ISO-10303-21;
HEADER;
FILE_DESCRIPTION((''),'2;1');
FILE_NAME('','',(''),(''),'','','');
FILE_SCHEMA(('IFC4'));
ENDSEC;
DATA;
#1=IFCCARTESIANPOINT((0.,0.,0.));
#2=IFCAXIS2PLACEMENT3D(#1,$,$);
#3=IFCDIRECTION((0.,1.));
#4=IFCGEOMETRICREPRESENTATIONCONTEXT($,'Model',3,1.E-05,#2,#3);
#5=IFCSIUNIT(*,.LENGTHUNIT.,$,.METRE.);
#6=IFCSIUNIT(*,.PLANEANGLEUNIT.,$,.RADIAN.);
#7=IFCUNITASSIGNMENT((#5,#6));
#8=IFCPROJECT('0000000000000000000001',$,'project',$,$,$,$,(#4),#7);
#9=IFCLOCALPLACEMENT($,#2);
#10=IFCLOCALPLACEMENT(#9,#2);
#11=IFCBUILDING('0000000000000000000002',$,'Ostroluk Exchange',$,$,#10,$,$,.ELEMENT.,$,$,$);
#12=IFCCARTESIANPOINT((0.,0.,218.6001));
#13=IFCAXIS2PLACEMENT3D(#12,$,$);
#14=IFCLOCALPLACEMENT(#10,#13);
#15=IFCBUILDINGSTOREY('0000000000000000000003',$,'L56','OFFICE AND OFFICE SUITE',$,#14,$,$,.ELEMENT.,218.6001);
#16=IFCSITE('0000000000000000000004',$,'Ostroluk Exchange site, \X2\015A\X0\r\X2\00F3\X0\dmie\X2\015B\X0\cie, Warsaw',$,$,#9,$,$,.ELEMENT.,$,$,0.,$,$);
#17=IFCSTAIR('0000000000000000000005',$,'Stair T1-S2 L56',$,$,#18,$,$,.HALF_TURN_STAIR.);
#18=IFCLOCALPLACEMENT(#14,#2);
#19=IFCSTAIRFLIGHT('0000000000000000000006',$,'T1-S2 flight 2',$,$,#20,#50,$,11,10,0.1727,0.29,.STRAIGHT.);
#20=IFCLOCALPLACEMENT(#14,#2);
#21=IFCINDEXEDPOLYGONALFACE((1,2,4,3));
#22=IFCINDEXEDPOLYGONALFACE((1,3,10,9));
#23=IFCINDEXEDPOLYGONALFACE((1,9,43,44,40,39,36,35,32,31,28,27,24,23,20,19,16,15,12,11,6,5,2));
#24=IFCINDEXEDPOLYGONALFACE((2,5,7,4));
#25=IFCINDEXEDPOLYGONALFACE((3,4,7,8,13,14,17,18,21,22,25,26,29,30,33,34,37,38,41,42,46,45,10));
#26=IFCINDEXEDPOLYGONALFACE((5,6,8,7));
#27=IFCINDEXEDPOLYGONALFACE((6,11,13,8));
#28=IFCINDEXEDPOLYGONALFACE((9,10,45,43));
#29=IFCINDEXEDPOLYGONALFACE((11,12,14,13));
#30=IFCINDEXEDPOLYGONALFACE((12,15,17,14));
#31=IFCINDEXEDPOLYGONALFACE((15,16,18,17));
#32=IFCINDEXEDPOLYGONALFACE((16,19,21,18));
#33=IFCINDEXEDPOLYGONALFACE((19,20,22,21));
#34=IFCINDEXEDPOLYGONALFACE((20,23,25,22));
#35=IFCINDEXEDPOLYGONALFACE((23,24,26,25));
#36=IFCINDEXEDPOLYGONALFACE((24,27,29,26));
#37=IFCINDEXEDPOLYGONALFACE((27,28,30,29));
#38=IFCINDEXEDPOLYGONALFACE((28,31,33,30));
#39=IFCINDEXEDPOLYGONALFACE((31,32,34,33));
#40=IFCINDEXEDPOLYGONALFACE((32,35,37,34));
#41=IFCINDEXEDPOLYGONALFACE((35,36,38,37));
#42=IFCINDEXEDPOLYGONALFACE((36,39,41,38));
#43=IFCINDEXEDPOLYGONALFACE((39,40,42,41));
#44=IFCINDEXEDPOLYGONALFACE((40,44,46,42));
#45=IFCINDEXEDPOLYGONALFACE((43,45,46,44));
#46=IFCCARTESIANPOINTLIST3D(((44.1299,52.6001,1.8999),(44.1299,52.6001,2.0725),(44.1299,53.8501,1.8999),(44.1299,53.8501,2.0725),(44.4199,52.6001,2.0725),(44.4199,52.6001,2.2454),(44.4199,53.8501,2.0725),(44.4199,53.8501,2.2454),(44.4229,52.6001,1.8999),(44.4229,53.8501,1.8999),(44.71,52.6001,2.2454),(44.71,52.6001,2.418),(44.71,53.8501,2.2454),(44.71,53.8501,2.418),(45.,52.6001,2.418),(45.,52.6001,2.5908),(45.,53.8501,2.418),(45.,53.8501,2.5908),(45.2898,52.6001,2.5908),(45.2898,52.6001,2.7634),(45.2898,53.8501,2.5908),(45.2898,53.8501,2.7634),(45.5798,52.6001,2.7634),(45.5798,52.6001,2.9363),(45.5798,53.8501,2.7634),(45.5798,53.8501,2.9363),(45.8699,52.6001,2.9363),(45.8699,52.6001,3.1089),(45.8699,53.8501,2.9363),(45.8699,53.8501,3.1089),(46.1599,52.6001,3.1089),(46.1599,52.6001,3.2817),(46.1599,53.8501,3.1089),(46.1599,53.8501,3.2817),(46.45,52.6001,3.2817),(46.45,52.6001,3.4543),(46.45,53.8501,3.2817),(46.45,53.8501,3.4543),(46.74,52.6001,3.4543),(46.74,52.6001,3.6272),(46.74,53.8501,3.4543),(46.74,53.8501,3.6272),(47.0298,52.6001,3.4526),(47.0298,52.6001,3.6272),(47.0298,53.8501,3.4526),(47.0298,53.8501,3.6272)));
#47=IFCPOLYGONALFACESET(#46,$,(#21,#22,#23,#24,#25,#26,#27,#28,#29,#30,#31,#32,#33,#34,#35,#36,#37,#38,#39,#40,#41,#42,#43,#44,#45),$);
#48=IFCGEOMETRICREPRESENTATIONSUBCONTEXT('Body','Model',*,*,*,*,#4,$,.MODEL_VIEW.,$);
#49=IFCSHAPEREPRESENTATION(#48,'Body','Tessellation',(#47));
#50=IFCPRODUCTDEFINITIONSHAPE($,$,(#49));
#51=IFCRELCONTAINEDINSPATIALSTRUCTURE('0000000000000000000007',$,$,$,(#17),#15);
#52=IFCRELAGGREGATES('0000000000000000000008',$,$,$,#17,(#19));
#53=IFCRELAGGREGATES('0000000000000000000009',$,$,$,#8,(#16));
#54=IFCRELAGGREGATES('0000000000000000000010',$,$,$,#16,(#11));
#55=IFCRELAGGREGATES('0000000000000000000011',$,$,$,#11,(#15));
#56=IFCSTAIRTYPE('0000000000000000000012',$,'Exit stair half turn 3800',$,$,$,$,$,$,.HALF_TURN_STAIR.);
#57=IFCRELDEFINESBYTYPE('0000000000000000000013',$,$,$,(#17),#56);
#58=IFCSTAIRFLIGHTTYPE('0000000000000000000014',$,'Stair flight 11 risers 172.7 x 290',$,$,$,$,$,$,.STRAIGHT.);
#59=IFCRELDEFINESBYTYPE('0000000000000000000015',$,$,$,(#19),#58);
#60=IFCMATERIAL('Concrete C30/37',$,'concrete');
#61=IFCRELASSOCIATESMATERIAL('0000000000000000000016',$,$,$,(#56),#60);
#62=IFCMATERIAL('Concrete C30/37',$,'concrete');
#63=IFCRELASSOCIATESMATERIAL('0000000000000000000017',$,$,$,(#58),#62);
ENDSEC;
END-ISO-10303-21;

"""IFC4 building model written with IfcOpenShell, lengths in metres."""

from ifc_helpers import new_model, si_unit, direction, frame, origin, place, context, subcontext, project, spatial, polyline, outline, extrude, material, type_object, element, aggregate, save


model = new_model("IFC4")

# Units and contexts
model_context = context("Model", 3, precision=1e-05, world=origin(), true_north=direction((0.0, 1.0)))
body_context = subcontext(model_context, "Body", "Model", "MODEL_VIEW")
ifc_project = project(units=[si_unit("LENGTHUNIT", "METRE"), si_unit("PLANEANGLEUNIT", "RADIAN")], contexts=[model_context])

# Site, building, storey
site_placement = place(None, origin())
site = spatial("IfcSite", under=ifc_project, at=site_placement, Name="Ostroluk Exchange site, Śródmieście, Warsaw", CompositionType="ELEMENT", RefElevation=0.0)
building_placement = place(site_placement, origin())
building = spatial("IfcBuilding", under=site, at=building_placement, Name="Ostroluk Exchange", CompositionType="ELEMENT")
storey_placement = place(building_placement, frame((0.0, 0.0, 218.6001)))
storey = spatial("IfcBuildingStorey", under=building, at=storey_placement, Name="L56", Description="OFFICE AND OFFICE SUITE", CompositionType="ELEMENT", Elevation=218.6001)

# Stair, stair flight
ifc_material_1 = material(Name="Concrete C30/37", Category="concrete")
stair_type = type_object("IfcStairType", Name="Exit stair half turn 3800", PredefinedType="HALF_TURN_STAIR", material=ifc_material_1)
stair_placement = place(storey_placement, origin())
stair = element("IfcStair", 1, at=stair_placement, inside=storey, type_object=stair_type, Name="Stair T1-S2 L56", PredefinedType="HALF_TURN_STAIR")
ifc_material_2 = material(Name="Concrete C30/37", Category="concrete")
stair_flight_type = type_object("IfcStairFlightType", Name="Stair flight 11 risers 172.7 x 290", PredefinedType="STRAIGHT", material=ifc_material_2)
stair_flight_placement = place(storey_placement, frame((44.1299, 53.2251, 1.8999), z_axis=(0.0, 0.0, 1.0), x_axis=(1.0, 0.0, 0.0)))
stair_flight = element("IfcStairFlight", 2, at=stair_flight_placement, type_object=stair_flight_type, Name="T1-S2 flight 2", NumberOfRisers=11, NumberOfTreads=10, PredefinedType="STRAIGHT", RiserHeight=0.1727, TreadLength=0.29, context=body_context, shape_type="SweptSolid", body=[
    extrude(outline(polyline([(0.0, 0.0), (0.0, 0.1726), (0.29, 0.1726), (0.29, 0.3455), (0.5801, 0.3455), (0.5801, 0.5181), (0.8701, 0.5181), (0.8701, 0.6909), (1.1599, 0.6909), (1.1599, 0.8635), (1.45, 0.8635), (1.45, 1.0364), (1.74, 1.0364), (1.74, 1.209), (2.03, 1.209), (2.03, 1.3818), (2.3201, 1.3818), (2.3201, 1.5544), (2.6101, 1.5544), (2.6101, 1.7273), (2.8999, 1.7273), (2.8999, 1.8999), (2.8999, 1.5527), (0.293, 0.0), (0.0, 0.0)])), frame((0.0, 0.625, 0.0), z_axis=(0.0, -1.0, 0.0), x_axis=(1.0, 0.0, 0.0)), (0.0, 0.0, 1.0), 1.25),
])
aggregate(stair, [stair_flight])

save(model, "model.ifc")
